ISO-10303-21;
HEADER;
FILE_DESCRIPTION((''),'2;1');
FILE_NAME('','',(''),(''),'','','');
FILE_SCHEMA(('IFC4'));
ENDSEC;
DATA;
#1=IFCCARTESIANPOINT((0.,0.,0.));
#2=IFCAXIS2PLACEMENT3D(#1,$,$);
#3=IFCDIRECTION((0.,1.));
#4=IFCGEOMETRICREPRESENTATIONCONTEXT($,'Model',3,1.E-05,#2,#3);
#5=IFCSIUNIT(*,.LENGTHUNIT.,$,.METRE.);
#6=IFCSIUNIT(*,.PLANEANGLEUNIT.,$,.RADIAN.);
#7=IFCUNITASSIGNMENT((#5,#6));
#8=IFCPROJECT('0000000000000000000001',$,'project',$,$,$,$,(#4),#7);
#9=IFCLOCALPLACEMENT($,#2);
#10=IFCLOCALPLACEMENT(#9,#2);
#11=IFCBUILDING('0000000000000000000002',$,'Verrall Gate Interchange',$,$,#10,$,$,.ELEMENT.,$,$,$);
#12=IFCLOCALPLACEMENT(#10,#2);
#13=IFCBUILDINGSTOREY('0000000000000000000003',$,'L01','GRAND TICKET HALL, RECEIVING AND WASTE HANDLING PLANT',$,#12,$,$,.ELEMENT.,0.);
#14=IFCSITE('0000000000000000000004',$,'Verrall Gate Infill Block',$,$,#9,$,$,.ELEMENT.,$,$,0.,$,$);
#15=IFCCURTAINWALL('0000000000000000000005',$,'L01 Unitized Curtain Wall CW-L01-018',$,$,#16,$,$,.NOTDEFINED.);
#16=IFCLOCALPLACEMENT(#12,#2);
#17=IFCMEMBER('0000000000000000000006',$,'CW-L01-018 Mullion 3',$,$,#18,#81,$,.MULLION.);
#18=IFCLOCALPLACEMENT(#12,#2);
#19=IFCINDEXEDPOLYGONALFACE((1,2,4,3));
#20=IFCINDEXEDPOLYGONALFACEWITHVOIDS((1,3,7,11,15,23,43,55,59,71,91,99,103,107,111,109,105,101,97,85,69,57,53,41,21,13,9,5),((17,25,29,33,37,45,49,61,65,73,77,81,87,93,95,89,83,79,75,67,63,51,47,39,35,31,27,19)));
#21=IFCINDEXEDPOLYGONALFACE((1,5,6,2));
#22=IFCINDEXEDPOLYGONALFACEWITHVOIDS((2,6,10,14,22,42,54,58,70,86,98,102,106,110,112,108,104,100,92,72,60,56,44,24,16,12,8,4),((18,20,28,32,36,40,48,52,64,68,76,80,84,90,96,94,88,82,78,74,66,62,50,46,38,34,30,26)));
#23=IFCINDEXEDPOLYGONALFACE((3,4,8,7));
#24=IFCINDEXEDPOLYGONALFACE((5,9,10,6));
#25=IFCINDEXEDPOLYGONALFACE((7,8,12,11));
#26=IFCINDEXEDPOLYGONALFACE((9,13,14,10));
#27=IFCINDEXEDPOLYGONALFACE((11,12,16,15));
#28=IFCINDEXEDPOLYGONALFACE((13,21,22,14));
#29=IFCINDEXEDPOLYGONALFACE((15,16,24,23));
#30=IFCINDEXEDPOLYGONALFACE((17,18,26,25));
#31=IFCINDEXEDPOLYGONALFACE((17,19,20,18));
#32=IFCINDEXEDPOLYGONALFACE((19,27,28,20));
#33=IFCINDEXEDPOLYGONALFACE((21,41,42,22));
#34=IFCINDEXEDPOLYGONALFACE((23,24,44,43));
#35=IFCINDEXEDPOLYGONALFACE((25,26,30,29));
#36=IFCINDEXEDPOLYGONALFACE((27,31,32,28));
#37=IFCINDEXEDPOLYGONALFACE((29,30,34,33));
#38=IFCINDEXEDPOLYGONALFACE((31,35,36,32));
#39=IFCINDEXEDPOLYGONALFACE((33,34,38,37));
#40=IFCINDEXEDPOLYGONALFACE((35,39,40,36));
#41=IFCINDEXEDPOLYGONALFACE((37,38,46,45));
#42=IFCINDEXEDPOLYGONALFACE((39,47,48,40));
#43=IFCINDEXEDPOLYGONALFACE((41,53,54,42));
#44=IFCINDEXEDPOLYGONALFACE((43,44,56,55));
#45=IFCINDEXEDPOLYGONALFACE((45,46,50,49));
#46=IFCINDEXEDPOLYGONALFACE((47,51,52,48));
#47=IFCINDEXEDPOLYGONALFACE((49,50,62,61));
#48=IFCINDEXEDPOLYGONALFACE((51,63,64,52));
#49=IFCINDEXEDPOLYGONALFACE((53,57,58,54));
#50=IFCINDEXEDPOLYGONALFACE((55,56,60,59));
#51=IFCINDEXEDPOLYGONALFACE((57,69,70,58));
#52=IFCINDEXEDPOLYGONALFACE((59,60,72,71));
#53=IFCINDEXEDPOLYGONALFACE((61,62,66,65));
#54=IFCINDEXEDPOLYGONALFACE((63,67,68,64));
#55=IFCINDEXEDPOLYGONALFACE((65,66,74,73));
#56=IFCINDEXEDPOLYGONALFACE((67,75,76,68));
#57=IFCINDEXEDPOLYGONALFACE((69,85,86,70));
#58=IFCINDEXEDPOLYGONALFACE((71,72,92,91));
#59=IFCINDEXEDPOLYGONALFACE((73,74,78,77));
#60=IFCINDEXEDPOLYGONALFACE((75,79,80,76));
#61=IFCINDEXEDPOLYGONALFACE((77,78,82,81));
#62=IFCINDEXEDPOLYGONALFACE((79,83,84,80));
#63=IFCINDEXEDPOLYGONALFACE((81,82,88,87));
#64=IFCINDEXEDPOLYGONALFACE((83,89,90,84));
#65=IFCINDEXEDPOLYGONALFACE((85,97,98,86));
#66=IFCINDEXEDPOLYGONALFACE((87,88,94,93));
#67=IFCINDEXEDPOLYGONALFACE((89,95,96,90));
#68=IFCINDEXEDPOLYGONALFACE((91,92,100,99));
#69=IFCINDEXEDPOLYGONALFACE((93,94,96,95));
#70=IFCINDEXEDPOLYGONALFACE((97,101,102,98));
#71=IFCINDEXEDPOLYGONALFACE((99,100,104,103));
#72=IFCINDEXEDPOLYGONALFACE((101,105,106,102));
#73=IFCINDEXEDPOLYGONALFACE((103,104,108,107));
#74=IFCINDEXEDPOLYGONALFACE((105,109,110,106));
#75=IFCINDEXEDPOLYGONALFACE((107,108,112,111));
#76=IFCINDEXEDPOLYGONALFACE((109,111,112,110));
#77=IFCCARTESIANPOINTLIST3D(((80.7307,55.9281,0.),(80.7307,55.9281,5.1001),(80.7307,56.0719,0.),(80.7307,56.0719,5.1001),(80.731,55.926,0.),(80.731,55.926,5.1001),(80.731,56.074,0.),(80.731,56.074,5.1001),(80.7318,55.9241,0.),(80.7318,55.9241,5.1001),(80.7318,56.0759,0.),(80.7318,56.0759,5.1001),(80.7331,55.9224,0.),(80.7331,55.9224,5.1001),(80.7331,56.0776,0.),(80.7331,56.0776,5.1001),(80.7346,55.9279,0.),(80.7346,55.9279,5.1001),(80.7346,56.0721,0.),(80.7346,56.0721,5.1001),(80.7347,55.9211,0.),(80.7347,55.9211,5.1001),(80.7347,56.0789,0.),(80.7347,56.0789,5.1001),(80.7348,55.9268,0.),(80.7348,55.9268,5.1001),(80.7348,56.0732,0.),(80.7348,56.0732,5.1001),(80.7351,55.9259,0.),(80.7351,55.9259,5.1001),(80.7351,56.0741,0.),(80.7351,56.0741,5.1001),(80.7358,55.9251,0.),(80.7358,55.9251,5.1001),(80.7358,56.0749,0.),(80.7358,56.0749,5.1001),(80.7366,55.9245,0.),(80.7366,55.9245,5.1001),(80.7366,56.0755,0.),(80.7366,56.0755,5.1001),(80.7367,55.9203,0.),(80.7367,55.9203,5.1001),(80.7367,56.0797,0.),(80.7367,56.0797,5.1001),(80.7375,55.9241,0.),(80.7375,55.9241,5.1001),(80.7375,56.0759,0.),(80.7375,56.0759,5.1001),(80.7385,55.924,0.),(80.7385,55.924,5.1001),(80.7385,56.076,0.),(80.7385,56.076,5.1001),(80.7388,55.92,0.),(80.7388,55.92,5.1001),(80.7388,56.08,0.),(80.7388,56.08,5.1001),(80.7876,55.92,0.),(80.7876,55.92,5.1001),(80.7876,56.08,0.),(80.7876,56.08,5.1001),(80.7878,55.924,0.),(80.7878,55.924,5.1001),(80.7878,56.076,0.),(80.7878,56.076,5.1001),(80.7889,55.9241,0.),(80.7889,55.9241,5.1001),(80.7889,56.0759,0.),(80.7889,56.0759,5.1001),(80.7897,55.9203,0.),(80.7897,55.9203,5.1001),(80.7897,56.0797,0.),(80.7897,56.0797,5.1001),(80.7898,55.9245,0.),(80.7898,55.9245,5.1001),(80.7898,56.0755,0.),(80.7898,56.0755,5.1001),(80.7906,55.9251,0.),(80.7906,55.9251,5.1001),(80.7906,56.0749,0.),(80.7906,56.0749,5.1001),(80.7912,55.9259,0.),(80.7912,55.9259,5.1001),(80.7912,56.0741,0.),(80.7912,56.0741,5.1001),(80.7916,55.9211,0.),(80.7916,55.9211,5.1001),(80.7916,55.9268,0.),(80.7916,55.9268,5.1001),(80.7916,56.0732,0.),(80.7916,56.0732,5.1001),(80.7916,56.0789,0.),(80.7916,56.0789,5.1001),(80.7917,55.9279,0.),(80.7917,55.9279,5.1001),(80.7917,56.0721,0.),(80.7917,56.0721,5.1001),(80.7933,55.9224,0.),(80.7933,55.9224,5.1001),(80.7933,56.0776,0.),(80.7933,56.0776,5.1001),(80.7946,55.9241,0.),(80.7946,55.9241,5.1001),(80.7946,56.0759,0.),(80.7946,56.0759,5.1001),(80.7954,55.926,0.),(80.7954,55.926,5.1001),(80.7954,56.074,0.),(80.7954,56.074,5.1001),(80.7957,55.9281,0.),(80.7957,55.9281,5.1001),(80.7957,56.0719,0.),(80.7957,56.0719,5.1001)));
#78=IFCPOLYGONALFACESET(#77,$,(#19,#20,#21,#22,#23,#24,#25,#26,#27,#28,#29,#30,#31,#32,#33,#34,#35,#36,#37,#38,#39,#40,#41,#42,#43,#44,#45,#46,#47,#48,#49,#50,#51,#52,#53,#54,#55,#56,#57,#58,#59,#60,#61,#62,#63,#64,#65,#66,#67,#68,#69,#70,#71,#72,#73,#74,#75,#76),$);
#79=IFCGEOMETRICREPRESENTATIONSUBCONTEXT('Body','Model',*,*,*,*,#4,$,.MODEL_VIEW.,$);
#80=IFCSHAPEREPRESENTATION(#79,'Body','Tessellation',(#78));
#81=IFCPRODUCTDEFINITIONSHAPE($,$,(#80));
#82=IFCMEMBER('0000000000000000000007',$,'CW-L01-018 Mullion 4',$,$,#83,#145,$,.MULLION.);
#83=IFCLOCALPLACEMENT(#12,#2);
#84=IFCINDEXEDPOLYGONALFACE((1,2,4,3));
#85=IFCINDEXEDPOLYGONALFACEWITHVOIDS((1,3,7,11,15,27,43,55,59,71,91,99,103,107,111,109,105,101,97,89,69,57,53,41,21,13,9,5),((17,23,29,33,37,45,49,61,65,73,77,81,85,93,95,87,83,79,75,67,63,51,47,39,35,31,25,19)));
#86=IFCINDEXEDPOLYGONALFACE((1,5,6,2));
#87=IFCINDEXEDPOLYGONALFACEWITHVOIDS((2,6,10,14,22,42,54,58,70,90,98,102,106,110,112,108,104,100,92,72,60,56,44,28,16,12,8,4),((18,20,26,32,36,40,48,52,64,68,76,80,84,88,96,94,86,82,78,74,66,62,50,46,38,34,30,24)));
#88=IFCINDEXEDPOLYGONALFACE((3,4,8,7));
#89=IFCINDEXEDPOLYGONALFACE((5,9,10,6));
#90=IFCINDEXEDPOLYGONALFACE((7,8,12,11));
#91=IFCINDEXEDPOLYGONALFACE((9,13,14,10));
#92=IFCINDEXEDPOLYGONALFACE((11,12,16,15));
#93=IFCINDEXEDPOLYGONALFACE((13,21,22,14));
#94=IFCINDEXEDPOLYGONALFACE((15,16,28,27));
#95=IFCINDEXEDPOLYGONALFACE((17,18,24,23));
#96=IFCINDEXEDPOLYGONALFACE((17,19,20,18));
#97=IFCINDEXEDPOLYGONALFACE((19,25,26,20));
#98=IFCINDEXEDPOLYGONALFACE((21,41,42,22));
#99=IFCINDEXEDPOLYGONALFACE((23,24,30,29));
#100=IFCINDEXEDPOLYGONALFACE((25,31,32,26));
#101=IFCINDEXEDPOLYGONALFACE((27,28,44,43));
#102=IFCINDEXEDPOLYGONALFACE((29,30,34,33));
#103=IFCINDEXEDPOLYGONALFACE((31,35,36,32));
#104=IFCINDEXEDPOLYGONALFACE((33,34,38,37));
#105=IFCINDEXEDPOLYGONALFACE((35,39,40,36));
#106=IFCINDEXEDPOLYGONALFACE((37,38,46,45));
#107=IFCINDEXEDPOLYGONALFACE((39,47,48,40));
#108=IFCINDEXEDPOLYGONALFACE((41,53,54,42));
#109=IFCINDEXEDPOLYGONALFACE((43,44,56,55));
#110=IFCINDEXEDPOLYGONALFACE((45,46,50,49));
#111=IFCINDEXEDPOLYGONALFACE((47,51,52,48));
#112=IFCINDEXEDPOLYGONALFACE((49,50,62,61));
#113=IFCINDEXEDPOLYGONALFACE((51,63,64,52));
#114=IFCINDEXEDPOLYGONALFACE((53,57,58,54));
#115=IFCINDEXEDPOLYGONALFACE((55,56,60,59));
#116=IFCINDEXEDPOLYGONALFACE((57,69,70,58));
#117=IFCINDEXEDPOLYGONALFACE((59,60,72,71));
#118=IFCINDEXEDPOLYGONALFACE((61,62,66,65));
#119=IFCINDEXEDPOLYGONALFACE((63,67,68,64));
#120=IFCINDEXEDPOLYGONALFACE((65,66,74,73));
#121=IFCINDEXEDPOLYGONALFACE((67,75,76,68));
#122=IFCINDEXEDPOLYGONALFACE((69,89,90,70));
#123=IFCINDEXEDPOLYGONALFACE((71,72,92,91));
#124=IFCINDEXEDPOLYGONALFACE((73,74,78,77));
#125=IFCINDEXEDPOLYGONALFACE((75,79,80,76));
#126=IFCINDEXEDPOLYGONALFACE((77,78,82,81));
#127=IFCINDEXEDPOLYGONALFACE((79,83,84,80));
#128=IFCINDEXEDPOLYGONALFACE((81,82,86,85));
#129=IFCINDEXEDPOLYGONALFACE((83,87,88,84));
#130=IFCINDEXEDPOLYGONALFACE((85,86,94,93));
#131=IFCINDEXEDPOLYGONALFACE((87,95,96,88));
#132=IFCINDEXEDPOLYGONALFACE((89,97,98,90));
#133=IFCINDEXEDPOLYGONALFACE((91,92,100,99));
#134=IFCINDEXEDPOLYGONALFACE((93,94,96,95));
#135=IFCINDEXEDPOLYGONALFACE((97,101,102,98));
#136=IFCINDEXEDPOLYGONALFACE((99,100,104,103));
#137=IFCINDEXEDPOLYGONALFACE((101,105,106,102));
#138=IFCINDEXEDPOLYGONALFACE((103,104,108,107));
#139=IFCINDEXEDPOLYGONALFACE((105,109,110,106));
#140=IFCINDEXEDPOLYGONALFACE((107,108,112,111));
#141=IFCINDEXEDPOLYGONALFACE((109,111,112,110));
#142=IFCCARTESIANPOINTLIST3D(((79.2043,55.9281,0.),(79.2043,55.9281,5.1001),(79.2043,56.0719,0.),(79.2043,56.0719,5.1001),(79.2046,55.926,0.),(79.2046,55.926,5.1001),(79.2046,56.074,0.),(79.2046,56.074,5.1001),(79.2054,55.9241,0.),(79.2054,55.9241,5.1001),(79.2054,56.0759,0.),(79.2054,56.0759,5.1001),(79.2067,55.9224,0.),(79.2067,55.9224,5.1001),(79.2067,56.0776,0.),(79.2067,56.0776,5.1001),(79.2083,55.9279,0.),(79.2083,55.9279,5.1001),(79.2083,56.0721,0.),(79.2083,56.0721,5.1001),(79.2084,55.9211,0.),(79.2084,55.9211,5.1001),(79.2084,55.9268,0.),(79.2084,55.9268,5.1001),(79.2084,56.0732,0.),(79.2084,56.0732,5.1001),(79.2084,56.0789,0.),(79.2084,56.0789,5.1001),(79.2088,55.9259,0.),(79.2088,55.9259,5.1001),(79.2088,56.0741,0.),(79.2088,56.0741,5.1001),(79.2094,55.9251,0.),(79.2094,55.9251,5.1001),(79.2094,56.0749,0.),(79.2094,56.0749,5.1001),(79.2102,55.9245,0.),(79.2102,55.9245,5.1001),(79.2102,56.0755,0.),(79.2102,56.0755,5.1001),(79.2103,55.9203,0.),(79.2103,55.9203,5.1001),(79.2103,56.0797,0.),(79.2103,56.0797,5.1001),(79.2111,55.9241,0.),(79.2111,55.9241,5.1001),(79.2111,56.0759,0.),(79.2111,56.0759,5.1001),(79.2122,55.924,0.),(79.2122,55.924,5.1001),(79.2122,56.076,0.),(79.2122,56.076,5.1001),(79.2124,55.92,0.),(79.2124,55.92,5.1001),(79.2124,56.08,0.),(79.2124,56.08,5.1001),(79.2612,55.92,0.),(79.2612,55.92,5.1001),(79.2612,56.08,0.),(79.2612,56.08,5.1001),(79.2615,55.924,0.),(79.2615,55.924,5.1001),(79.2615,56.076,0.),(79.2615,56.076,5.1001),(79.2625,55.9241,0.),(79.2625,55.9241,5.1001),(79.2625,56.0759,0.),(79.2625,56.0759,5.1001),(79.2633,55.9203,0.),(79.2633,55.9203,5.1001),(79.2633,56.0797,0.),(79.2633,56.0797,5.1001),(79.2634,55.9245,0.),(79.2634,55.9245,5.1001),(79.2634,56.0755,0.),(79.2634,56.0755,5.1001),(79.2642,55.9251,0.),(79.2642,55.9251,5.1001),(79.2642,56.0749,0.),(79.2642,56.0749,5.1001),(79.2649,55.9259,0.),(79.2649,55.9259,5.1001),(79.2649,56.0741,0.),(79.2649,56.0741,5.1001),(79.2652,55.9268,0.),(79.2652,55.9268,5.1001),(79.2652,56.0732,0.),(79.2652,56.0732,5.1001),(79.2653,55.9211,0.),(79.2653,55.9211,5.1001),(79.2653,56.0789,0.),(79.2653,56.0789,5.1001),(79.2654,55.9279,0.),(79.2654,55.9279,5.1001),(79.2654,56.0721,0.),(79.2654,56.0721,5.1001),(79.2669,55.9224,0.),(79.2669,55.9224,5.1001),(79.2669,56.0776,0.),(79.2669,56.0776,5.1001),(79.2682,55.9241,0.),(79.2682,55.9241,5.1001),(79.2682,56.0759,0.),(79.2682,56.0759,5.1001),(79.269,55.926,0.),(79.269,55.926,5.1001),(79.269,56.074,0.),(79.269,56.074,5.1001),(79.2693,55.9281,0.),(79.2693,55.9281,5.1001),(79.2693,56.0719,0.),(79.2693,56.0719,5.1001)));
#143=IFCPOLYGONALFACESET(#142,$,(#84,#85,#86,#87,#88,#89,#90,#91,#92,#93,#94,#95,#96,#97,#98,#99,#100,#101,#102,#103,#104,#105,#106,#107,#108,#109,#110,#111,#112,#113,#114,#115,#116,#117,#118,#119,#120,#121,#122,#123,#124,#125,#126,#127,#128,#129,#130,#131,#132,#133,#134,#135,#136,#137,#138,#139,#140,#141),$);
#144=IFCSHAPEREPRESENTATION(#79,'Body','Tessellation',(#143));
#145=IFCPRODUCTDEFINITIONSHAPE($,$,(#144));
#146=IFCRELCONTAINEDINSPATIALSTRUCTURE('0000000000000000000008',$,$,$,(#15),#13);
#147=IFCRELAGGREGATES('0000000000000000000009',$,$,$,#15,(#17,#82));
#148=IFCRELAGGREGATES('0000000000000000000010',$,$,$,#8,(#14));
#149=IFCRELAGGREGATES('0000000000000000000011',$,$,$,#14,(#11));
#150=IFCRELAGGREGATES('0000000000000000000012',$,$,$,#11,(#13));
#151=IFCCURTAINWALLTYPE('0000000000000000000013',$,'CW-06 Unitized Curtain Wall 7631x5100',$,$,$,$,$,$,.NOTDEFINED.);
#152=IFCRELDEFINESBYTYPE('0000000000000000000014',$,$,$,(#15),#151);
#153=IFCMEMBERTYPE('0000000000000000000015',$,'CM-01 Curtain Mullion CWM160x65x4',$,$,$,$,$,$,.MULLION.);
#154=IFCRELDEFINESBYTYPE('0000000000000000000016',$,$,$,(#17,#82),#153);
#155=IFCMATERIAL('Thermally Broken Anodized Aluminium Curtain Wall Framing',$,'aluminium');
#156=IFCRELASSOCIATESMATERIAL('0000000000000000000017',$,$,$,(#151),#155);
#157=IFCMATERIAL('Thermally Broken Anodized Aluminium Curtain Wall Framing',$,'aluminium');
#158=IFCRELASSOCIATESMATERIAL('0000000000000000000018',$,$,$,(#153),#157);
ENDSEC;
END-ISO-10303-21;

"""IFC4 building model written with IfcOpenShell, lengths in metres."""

from ifc_helpers import new_model, si_unit, direction, frame, origin, origin_2d, place, context, subcontext, project, spatial, hollow_rectangle, extrude, material, material_profile, profile_set, type_object, element, aggregate, save


model = new_model("IFC4")

# Units and contexts
model_context = context("Model", 3, precision=1e-05, world=origin(), true_north=direction((0.0, 1.0)))
body_context = subcontext(model_context, "Body", "Model", "MODEL_VIEW")
ifc_project = project(units=[si_unit("LENGTHUNIT", "METRE"), si_unit("PLANEANGLEUNIT", "RADIAN")], contexts=[model_context])

# Site, building, storey
site_placement = place(None, origin())
site = spatial("IfcSite", under=ifc_project, at=site_placement, Name="Verrall Gate Infill Block", CompositionType="ELEMENT", RefElevation=0.0)
building_placement = place(site_placement, origin())
building = spatial("IfcBuilding", under=site, at=building_placement, Name="Verrall Gate Interchange", CompositionType="ELEMENT")
storey_placement = place(building_placement, origin())
storey = spatial("IfcBuildingStorey", under=building, at=storey_placement, Name="L01", Description="GRAND TICKET HALL, RECEIVING AND WASTE HANDLING PLANT", CompositionType="ELEMENT", Elevation=0.0)

# Curtain wall, members
ifc_material_1 = material(Name="Thermally Broken Anodized Aluminium Curtain Wall Framing", Category="aluminium")
curtain_wall_type = type_object("IfcCurtainWallType", Name="CW-06 Unitized Curtain Wall 7631x5100", PredefinedType="NOTDEFINED", material=ifc_material_1)
curtain_wall_placement = place(storey_placement, origin())
curtain_wall = element("IfcCurtainWall", 1, at=curtain_wall_placement, inside=storey, type_object=curtain_wall_type, Name="L01 Unitized Curtain Wall CW-L01-018", PredefinedType="NOTDEFINED")
ifc_material_2 = material(Name="Thermally Broken Anodized Aluminium Curtain Wall Framing", Category="aluminium")
ifc_material_profile_1 = material_profile(ifc_material_2, hollow_rectangle(XDim=0.0649, YDim=0.1599, WallThickness=0.0039, InnerFilletRadius=0.0039, OuterFilletRadius=0.0081, at=origin_2d()), Name="CWM160x65x4")
ifc_profile_set_1 = profile_set([ifc_material_profile_1], Name="Thermally Broken Anodized Aluminium Curtain Wall Framing")
member_type = type_object("IfcMemberType", Name="CM-01 Curtain Mullion CWM160x65x4", PredefinedType="MULLION", material=ifc_profile_set_1)
member_1_placement = place(storey_placement, frame((80.7632, 56.0, 0.0), z_axis=(0.0, 0.0, 1.0), x_axis=(-1.0, 0.0, 0.0)))
member_1 = element("IfcMember", 2, at=member_1_placement, type_object=member_type, Name="CW-L01-018 Mullion 3", PredefinedType="MULLION", context=body_context, shape_type="SweptSolid", body=[
    extrude(hollow_rectangle(XDim=0.0649, YDim=0.1599, WallThickness=0.0039, InnerFilletRadius=0.0039, OuterFilletRadius=0.0081, at=origin_2d()), origin(), (0.0, 0.0, 1.0), 5.1001),
])
member_2_placement = place(storey_placement, frame((79.2368, 56.0, 0.0), z_axis=(0.0, 0.0, 1.0), x_axis=(-1.0, 0.0, 0.0)))
member_2 = element("IfcMember", 3, at=member_2_placement, type_object=member_type, Name="CW-L01-018 Mullion 4", PredefinedType="MULLION", context=body_context, shape_type="SweptSolid", body=[
    extrude(hollow_rectangle(XDim=0.0649, YDim=0.1599, WallThickness=0.0039, InnerFilletRadius=0.0039, OuterFilletRadius=0.0081, at=origin_2d()), origin(), (0.0, 0.0, 1.0), 5.1001),
])
aggregate(curtain_wall, [member_1, member_2])

save(model, "model.ifc")
